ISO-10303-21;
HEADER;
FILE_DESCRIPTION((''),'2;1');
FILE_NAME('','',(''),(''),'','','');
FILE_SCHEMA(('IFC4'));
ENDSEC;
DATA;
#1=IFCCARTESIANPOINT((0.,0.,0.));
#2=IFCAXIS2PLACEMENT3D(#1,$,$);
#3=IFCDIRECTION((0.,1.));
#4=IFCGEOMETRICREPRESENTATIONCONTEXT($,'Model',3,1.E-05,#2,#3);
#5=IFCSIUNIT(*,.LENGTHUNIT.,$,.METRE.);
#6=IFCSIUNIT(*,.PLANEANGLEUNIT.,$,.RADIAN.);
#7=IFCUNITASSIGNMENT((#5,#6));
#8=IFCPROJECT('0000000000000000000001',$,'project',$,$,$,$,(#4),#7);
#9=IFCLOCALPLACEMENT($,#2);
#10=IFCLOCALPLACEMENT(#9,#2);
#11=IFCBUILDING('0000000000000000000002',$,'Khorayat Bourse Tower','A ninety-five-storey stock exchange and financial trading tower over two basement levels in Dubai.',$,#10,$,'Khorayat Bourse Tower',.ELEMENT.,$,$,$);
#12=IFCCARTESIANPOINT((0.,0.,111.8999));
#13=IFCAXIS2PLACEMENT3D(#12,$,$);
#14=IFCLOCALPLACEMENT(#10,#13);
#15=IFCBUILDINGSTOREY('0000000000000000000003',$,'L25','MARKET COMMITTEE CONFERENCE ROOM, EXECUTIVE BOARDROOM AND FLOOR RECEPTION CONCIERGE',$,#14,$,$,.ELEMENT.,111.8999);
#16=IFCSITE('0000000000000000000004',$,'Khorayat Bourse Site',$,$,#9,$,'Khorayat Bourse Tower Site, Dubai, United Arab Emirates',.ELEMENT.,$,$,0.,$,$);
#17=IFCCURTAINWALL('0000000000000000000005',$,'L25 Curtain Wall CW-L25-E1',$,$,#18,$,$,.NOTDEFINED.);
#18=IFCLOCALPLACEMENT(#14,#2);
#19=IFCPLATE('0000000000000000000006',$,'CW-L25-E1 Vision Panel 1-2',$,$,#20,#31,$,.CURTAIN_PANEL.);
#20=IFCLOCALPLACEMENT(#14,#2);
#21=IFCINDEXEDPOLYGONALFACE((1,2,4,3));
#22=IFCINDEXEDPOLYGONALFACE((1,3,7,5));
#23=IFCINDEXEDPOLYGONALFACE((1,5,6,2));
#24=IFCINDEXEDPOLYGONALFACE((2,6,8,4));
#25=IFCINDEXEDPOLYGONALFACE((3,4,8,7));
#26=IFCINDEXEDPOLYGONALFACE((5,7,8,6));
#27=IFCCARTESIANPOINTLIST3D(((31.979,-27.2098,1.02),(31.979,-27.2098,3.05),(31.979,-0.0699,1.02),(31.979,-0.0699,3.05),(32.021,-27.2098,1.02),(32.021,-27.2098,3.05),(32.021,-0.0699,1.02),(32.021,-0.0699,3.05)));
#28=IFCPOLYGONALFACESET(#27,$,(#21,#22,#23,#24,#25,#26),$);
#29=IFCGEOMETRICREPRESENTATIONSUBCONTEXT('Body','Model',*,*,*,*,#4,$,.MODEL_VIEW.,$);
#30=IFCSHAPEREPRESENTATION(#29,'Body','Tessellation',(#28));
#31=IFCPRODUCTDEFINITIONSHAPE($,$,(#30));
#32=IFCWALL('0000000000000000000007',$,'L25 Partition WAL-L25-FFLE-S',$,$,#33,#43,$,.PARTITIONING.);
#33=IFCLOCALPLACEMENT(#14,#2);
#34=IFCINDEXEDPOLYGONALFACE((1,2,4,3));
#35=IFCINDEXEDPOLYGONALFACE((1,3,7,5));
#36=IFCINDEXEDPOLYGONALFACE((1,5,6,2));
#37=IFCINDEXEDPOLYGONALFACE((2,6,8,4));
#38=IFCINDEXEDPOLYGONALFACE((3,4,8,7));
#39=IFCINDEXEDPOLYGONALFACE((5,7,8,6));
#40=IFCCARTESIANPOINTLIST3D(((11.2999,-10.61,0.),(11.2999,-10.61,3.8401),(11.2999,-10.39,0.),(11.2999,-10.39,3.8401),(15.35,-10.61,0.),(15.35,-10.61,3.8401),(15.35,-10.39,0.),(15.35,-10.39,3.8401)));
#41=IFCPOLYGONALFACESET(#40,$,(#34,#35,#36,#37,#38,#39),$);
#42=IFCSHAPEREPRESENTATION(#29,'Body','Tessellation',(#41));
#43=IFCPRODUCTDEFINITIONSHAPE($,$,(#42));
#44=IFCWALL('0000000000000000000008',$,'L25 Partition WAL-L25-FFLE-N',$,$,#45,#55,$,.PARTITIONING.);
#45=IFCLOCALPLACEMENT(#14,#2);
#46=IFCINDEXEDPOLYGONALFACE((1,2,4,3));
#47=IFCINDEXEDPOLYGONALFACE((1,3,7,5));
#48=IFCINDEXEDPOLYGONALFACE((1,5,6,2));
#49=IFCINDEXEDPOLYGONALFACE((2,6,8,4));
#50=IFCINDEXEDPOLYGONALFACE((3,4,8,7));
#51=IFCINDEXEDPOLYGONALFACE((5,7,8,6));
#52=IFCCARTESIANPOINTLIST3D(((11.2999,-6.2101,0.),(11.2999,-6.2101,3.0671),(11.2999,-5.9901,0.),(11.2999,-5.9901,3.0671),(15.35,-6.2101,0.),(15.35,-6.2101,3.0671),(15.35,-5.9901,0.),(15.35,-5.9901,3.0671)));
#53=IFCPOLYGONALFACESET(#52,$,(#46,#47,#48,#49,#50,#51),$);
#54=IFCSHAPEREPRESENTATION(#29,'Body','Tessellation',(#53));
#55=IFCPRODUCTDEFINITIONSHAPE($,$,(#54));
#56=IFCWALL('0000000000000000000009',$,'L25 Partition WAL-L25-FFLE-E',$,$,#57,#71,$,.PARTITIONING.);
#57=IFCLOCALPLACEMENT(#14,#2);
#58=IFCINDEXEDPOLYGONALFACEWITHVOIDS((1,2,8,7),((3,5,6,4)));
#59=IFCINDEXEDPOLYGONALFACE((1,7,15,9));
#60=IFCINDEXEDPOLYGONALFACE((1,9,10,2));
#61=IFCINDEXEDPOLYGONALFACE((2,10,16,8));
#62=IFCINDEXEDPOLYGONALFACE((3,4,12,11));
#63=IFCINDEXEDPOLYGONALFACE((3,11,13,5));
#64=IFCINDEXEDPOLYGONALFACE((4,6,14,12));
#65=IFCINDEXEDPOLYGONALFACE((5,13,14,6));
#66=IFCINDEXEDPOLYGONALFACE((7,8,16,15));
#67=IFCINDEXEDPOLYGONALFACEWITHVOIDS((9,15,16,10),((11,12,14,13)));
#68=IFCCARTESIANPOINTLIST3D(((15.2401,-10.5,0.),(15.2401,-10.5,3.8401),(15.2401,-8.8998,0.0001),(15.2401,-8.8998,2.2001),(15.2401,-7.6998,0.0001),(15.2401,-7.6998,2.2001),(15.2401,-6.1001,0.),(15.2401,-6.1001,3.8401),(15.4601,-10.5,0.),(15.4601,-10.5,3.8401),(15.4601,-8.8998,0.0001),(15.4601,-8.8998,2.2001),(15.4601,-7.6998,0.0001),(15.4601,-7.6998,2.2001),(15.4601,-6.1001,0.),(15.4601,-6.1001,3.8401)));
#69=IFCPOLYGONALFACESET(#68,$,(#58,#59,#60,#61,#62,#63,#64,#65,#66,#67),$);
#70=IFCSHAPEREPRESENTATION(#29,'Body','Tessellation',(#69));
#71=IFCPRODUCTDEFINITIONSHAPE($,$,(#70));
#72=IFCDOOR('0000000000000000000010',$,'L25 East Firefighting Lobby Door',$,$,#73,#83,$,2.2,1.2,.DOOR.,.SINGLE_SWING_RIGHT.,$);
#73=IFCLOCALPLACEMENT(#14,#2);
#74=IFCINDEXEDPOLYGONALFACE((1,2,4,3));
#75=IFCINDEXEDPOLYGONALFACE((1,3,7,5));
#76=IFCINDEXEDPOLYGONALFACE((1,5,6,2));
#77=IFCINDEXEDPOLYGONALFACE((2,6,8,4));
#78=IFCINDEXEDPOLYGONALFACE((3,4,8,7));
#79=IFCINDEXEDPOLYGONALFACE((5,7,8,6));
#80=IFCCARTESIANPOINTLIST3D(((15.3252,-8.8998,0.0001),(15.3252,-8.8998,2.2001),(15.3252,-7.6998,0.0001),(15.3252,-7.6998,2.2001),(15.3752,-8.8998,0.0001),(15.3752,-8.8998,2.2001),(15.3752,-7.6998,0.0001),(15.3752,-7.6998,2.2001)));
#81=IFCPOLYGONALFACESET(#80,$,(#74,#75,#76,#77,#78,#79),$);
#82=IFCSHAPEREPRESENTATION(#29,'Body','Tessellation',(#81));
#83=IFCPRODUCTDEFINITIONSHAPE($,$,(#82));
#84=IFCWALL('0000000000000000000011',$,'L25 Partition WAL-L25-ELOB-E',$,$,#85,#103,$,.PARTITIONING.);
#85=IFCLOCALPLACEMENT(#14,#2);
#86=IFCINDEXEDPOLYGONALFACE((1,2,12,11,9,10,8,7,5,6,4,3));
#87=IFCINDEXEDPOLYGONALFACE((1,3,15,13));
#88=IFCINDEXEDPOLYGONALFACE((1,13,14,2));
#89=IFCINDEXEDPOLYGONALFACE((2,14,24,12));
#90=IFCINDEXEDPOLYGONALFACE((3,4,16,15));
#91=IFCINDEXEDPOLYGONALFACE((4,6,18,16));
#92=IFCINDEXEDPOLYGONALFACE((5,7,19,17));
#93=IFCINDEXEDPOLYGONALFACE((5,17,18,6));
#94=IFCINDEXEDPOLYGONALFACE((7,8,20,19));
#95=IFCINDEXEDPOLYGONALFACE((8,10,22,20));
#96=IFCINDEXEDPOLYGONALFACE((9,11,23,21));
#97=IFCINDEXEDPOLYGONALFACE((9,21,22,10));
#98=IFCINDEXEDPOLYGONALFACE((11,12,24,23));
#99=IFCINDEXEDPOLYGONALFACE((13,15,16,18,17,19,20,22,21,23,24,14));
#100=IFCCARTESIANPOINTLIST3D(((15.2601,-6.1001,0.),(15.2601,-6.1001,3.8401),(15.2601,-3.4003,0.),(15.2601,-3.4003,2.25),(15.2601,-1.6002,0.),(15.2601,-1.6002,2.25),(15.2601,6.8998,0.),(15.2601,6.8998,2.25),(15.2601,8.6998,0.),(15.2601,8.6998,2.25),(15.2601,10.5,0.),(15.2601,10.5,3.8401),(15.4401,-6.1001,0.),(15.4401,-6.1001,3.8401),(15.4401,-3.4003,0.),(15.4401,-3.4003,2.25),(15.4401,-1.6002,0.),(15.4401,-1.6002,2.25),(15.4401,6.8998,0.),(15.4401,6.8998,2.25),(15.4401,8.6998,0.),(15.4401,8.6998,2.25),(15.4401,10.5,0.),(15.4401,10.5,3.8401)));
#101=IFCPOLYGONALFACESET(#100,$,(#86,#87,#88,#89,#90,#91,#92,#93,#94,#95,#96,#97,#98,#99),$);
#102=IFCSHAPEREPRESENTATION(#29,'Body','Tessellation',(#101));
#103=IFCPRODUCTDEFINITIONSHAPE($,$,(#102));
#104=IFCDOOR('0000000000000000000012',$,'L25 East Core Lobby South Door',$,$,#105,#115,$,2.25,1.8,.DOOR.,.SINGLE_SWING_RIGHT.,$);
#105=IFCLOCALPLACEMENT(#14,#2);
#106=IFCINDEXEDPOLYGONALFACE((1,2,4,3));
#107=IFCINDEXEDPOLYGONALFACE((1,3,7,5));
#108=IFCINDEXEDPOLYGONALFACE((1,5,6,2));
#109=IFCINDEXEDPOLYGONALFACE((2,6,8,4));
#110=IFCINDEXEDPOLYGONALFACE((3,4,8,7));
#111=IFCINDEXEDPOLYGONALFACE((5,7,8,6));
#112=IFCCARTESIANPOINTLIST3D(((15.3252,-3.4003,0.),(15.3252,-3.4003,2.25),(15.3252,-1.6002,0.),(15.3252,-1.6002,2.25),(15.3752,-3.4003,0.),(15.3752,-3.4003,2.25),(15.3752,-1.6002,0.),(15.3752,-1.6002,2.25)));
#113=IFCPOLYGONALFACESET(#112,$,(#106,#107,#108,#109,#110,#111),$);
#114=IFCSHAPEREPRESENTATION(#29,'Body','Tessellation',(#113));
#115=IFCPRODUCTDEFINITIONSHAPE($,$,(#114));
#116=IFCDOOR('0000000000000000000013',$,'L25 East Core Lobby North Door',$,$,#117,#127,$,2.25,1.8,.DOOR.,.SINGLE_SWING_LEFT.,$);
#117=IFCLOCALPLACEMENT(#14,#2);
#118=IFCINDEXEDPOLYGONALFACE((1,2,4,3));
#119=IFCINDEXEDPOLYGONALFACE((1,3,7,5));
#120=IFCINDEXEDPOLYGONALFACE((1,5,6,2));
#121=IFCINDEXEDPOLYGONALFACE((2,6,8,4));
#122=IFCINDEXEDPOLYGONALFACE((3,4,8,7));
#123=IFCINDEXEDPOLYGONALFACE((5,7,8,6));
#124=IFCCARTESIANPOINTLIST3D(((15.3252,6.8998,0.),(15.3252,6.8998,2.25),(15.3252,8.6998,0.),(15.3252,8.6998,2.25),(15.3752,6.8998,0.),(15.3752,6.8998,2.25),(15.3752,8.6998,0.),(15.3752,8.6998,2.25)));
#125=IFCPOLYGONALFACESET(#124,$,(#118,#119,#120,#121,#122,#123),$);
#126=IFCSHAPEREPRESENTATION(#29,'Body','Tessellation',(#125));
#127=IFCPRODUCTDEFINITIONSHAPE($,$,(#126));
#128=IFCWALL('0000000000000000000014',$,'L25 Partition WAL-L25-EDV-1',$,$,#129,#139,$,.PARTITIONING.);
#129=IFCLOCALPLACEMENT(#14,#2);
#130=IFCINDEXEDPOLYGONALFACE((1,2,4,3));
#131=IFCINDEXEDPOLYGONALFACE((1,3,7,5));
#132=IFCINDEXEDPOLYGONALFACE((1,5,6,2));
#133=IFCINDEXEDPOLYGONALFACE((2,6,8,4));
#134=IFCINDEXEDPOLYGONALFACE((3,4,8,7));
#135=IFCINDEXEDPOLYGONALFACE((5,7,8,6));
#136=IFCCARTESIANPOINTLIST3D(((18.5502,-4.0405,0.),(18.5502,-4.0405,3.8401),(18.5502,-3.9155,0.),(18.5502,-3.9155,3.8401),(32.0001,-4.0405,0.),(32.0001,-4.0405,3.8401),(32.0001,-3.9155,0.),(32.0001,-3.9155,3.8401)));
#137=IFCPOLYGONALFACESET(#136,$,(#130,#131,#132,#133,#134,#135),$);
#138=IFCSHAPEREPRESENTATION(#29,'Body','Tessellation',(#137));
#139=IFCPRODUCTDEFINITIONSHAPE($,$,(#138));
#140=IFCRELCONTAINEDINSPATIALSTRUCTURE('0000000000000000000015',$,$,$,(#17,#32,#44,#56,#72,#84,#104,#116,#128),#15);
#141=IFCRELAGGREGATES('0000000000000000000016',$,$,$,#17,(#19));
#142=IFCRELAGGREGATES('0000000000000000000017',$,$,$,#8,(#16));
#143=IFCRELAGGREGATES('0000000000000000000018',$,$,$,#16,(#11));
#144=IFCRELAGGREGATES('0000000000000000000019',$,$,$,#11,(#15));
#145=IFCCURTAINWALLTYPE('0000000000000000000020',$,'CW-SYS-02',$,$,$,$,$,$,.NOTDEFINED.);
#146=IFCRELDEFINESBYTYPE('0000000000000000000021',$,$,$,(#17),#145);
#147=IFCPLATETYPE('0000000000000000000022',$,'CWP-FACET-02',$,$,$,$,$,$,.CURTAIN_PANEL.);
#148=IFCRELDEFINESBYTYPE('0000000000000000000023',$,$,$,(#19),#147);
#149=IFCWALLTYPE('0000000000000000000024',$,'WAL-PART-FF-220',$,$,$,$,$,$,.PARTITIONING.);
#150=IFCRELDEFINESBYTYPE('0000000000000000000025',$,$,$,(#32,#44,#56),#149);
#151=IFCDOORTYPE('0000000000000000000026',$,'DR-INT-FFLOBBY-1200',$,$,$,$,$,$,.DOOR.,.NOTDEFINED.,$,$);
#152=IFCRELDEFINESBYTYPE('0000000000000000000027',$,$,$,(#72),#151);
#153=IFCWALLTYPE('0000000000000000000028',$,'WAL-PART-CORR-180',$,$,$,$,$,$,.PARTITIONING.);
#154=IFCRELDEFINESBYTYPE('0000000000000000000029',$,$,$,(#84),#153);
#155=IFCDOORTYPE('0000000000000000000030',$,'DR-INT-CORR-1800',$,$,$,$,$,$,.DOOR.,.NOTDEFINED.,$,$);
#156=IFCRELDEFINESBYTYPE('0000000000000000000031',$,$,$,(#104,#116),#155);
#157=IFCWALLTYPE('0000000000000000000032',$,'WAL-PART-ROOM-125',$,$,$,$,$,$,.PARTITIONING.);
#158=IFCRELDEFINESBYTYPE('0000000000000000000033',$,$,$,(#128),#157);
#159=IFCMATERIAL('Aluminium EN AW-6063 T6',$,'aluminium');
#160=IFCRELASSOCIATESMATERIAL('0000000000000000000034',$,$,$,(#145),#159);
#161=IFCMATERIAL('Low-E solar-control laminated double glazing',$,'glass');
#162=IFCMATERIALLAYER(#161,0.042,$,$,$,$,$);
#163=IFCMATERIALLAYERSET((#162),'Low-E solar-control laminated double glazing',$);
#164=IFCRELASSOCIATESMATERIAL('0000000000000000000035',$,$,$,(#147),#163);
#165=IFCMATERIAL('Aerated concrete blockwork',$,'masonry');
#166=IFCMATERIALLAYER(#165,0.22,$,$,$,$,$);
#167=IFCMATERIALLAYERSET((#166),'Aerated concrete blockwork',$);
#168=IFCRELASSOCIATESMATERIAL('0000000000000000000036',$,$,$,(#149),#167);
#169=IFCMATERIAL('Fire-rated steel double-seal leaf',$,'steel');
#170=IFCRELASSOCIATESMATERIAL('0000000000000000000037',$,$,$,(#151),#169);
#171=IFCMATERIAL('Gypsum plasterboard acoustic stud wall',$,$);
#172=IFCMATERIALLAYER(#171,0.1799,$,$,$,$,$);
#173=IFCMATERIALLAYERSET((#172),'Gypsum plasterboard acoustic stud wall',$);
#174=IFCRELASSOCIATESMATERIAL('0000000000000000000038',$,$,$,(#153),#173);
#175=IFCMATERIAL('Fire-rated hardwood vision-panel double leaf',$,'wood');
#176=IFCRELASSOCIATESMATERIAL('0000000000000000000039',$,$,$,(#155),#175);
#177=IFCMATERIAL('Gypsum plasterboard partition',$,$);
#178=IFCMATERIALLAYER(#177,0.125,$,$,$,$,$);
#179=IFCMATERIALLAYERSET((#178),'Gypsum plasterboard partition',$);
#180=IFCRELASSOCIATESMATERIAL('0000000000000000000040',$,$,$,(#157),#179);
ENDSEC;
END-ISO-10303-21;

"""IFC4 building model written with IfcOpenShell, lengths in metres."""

from ifc_helpers import new_model, si_unit, direction, frame, frame_2d, origin, origin_2d, place, context, subcontext, project, spatial, rectangle, extrude, source, transform, mapped, material, layer, layer_set, type_object, element, fill, aggregate, save


model = new_model("IFC4")

# Units and contexts
model_context = context("Model", 3, precision=1e-05, world=origin(), true_north=direction((0.0, 1.0)))
body_context = subcontext(model_context, "Body", "Model", "MODEL_VIEW")
ifc_project = project(units=[si_unit("LENGTHUNIT", "METRE"), si_unit("PLANEANGLEUNIT", "RADIAN")], contexts=[model_context])

# Site, building, storey
site_placement = place(None, origin())
site = spatial("IfcSite", under=ifc_project, at=site_placement, Name="Khorayat Bourse Site", LongName="Khorayat Bourse Tower Site, Dubai, United Arab Emirates", CompositionType="ELEMENT", RefElevation=0.0)
building_placement = place(site_placement, origin())
building = spatial("IfcBuilding", under=site, at=building_placement, Name="Khorayat Bourse Tower", Description="A ninety-five-storey stock exchange and financial trading tower over two basement levels in Dubai.", LongName="Khorayat Bourse Tower", CompositionType="ELEMENT")
storey_placement = place(building_placement, frame((0.0, 0.0, 111.8999)))
storey = spatial("IfcBuildingStorey", under=building, at=storey_placement, Name="L25", Description="MARKET COMMITTEE CONFERENCE ROOM, EXECUTIVE BOARDROOM AND FLOOR RECEPTION CONCIERGE", CompositionType="ELEMENT", Elevation=111.8999)

# Curtain wall
ifc_material_1 = material(Name="Aluminium EN AW-6063 T6", Category="aluminium")
curtain_wall_type = type_object("IfcCurtainWallType", Name="CW-SYS-02", PredefinedType="NOTDEFINED", material=ifc_material_1)
curtain_wall_placement = place(storey_placement, origin())
curtain_wall = element("IfcCurtainWall", 1, at=curtain_wall_placement, inside=storey, type_object=curtain_wall_type, Name="L25 Curtain Wall CW-L25-E1", PredefinedType="NOTDEFINED")

# Plate
ifc_material_2 = material(Name="Low-E solar-control laminated double glazing", Category="glass")
ifc_layer_1 = layer(ifc_material_2, 0.042)
ifc_layer_set_1 = layer_set([ifc_layer_1], Name="Low-E solar-control laminated double glazing")
plate_type_1 = type_object("IfcPlateType", Name="CWP-FACET-02", PredefinedType="CURTAIN_PANEL", material=ifc_layer_set_1)
shared_shape_1 = source(origin(), body_context, "Body", "SweptSolid", [
    extrude(rectangle(XDim=27.1399, YDim=0.042, at=origin_2d()), origin(), (0.0, 0.0, 1.0), 2.03),
])
plate_1_placement = place(storey_placement, frame((32.0, -13.6399, 1.02), z_axis=(0.0, 0.0, 1.0), x_axis=(0.0, 1.0, 0.0)))
plate_1 = element("IfcPlate", 2, at=plate_1_placement, type_object=plate_type_1, Name="CW-L25-E1 Vision Panel 1-2", PredefinedType="CURTAIN_PANEL", context=body_context, shape_type="MappedRepresentation", body=[
    mapped(shared_shape_1, transform((0.0, 0.0, 0.0), scale=1.0)),
])
aggregate(curtain_wall, [plate_1])

# Walls
ifc_material_3 = material(Name="Aerated concrete blockwork", Category="masonry")
ifc_layer_2 = layer(ifc_material_3, 0.22)
ifc_layer_set_2 = layer_set([ifc_layer_2], Name="Aerated concrete blockwork")
wall_type_1 = type_object("IfcWallType", Name="WAL-PART-FF-220", PredefinedType="PARTITIONING", material=ifc_layer_set_2)
shared_shape_2 = source(origin(), body_context, "Body", "SweptSolid", [
    extrude(rectangle(XDim=4.05, YDim=0.22, at=frame_2d((2.0249, 0.0))), origin(), (0.0, 0.0, 1.0), 3.8401),
])
wall_1_placement = place(storey_placement, frame((11.3, -10.5, 0.0), z_axis=(0.0, 0.0, 1.0), x_axis=(1.0, 0.0, 0.0)))
element("IfcWall", 3, at=wall_1_placement, inside=storey, type_object=wall_type_1, Name="L25 Partition WAL-L25-FFLE-S", PredefinedType="PARTITIONING", context=body_context, shape_type="MappedRepresentation", body=[
    mapped(shared_shape_2, transform((0.0, 0.0, 0.0), scale=1.0)),
])
shared_shape_3 = source(origin(), body_context, "Body", "SweptSolid", [
    extrude(rectangle(XDim=4.05, YDim=0.22, at=frame_2d((2.0249, 0.0))), origin(), (0.0, 0.0, 1.0), 3.0671),
])
wall_2_placement = place(storey_placement, frame((11.3, -6.1001, 0.0), z_axis=(0.0, 0.0, 1.0), x_axis=(1.0, 0.0, 0.0)))
element("IfcWall", 4, at=wall_2_placement, inside=storey, type_object=wall_type_1, Name="L25 Partition WAL-L25-FFLE-N", PredefinedType="PARTITIONING", context=body_context, shape_type="MappedRepresentation", body=[
    mapped(shared_shape_3, transform((0.0, 0.0, 0.0), scale=1.0)),
])

# Wall, opening, door
shared_shape_4 = source(origin(), body_context, "Body", "SweptSolid", [
    extrude(rectangle(XDim=4.3999, YDim=0.22, at=frame_2d((2.2, 0.0))), origin(), (0.0, 0.0, 1.0), 3.8401),
])
wall_3_placement = place(storey_placement, frame((15.3501, -10.5, 0.0), z_axis=(0.0, 0.0, 1.0), x_axis=(0.0, 1.0, 0.0)))
wall_3 = element("IfcWall", 5, at=wall_3_placement, inside=storey, type_object=wall_type_1, Name="L25 Partition WAL-L25-FFLE-E", PredefinedType="PARTITIONING", context=body_context, shape_type="MappedRepresentation", body=[
    mapped(shared_shape_4, transform((0.0, 0.0, 0.0), scale=1.0)),
])
shared_shape_5 = source(origin(), body_context, "Body", "SweptSolid", [
    extrude(rectangle(XDim=1.2, YDim=2.2, at=frame_2d((0.6001, 1.1001))), frame((0.0, 0.1199, 0.0), z_axis=(0.0, -1.0, 0.0), x_axis=(1.0, 0.0, 0.0)), (0.0, 0.0, 1.0), 0.24),
])
opening_1_placement = place(wall_3_placement, frame((1.6001, 0.0, 0.0)))
opening_1 = element("IfcOpeningElement", 6, at=opening_1_placement, cuts=wall_3, PredefinedType="OPENING", context=body_context, shape_type="MappedRepresentation", body=[
    mapped(shared_shape_5, transform((0.0, 0.0, 0.0), scale=1.0)),
])
ifc_material_4 = material(Name="Fire-rated steel double-seal leaf", Category="steel")
door_type_1 = type_object("IfcDoorType", Name="DR-INT-FFLOBBY-1200", OperationType="NOTDEFINED", PredefinedType="DOOR", material=ifc_material_4)
shared_shape_6 = source(origin(), body_context, "Body", "SweptSolid", [
    extrude(rectangle(XDim=1.2, YDim=2.2, at=frame_2d((0.6001, 1.1001))), frame((0.0, 0.0249, 0.0), z_axis=(0.0, -1.0, 0.0), x_axis=(1.0, 0.0, 0.0)), (0.0, 0.0, 1.0), 0.05),
])
door_1_placement = place(opening_1_placement, origin())
door_1 = element("IfcDoor", 7, at=door_1_placement, inside=storey, type_object=door_type_1, Name="L25 East Firefighting Lobby Door", OperationType="SINGLE_SWING_RIGHT", OverallHeight=2.2, OverallWidth=1.2, PredefinedType="DOOR", context=body_context, shape_type="MappedRepresentation", body=[
    mapped(shared_shape_6, transform((0.0, 0.0, 0.0), scale=1.0)),
])
fill(opening_1, door_1)

# Wall, openings, doors
ifc_material_5 = material(Name="Gypsum plasterboard acoustic stud wall")
ifc_layer_3 = layer(ifc_material_5, 0.1799)
ifc_layer_set_3 = layer_set([ifc_layer_3], Name="Gypsum plasterboard acoustic stud wall")
wall_type_2 = type_object("IfcWallType", Name="WAL-PART-CORR-180", PredefinedType="PARTITIONING", material=ifc_layer_set_3)
shared_shape_7 = source(origin(), body_context, "Body", "SweptSolid", [
    extrude(rectangle(XDim=16.6001, YDim=0.1799, at=frame_2d((8.3, 0.0))), origin(), (0.0, 0.0, 1.0), 3.8401),
])
wall_4_placement = place(storey_placement, frame((15.3501, -6.1001, 0.0), z_axis=(0.0, 0.0, 1.0), x_axis=(0.0, 1.0, 0.0)))
wall_4 = element("IfcWall", 8, at=wall_4_placement, inside=storey, type_object=wall_type_2, Name="L25 Partition WAL-L25-ELOB-E", PredefinedType="PARTITIONING", context=body_context, shape_type="MappedRepresentation", body=[
    mapped(shared_shape_7, transform((0.0, 0.0, 0.0), scale=1.0)),
])
shared_shape_8 = source(origin(), body_context, "Body", "SweptSolid", [
    extrude(rectangle(XDim=1.8, YDim=2.25, at=frame_2d((0.8999, 1.125))), frame((0.0, 0.0999, 0.0), z_axis=(0.0, -1.0, 0.0), x_axis=(1.0, 0.0, 0.0)), (0.0, 0.0, 1.0), 0.2),
])
opening_2_placement = place(wall_4_placement, frame((2.7, 0.0, 0.0)))
opening_2 = element("IfcOpeningElement", 9, at=opening_2_placement, cuts=wall_4, PredefinedType="OPENING", context=body_context, shape_type="MappedRepresentation", body=[
    mapped(shared_shape_8, transform((0.0, 0.0, 0.0), scale=1.0)),
])
opening_3_placement = place(wall_4_placement, frame((13.0, 0.0, 0.0)))
opening_3 = element("IfcOpeningElement", 10, at=opening_3_placement, cuts=wall_4, PredefinedType="OPENING", context=body_context, shape_type="MappedRepresentation", body=[
    mapped(shared_shape_8, transform((0.0, 0.0, 0.0), scale=1.0)),
])
ifc_material_6 = material(Name="Fire-rated hardwood vision-panel double leaf", Category="wood")
door_type_2 = type_object("IfcDoorType", Name="DR-INT-CORR-1800", OperationType="NOTDEFINED", PredefinedType="DOOR", material=ifc_material_6)
shared_shape_9 = source(origin(), body_context, "Body", "SweptSolid", [
    extrude(rectangle(XDim=1.8, YDim=2.25, at=frame_2d((0.8999, 1.125))), frame((0.0, 0.0249, 0.0), z_axis=(0.0, -1.0, 0.0), x_axis=(1.0, 0.0, 0.0)), (0.0, 0.0, 1.0), 0.05),
])
door_2_placement = place(opening_2_placement, origin())
door_2 = element("IfcDoor", 11, at=door_2_placement, inside=storey, type_object=door_type_2, Name="L25 East Core Lobby South Door", OperationType="SINGLE_SWING_RIGHT", OverallHeight=2.25, OverallWidth=1.8, PredefinedType="DOOR", context=body_context, shape_type="MappedRepresentation", body=[
    mapped(shared_shape_9, transform((0.0, 0.0, 0.0), scale=1.0)),
])
fill(opening_2, door_2)
door_3_placement = place(opening_3_placement, origin())
door_3 = element("IfcDoor", 12, at=door_3_placement, inside=storey, type_object=door_type_2, Name="L25 East Core Lobby North Door", OperationType="SINGLE_SWING_LEFT", OverallHeight=2.25, OverallWidth=1.8, PredefinedType="DOOR", context=body_context, shape_type="MappedRepresentation", body=[
    mapped(shared_shape_9, transform((0.0, 0.0, 0.0), scale=1.0)),
])
fill(opening_3, door_3)

# Wall
ifc_material_7 = material(Name="Gypsum plasterboard partition")
ifc_layer_4 = layer(ifc_material_7, 0.125)
ifc_layer_set_4 = layer_set([ifc_layer_4], Name="Gypsum plasterboard partition")
wall_type_3 = type_object("IfcWallType", Name="WAL-PART-ROOM-125", PredefinedType="PARTITIONING", material=ifc_layer_set_4)
shared_shape_10 = source(origin(), body_context, "Body", "SweptSolid", [
    extrude(rectangle(XDim=13.45, YDim=0.125, at=frame_2d((6.7251, 0.0))), origin(), (0.0, 0.0, 1.0), 3.8401),
])
wall_5_placement = place(storey_placement, frame((18.55, -3.978, 0.0), z_axis=(0.0, 0.0, 1.0), x_axis=(1.0, 0.0, 0.0)))
element("IfcWall", 13, at=wall_5_placement, inside=storey, type_object=wall_type_3, Name="L25 Partition WAL-L25-EDV-1", PredefinedType="PARTITIONING", context=body_context, shape_type="MappedRepresentation", body=[
    mapped(shared_shape_10, transform((0.0, 0.0, 0.0), scale=1.0)),
])

save(model, "model.ifc")
